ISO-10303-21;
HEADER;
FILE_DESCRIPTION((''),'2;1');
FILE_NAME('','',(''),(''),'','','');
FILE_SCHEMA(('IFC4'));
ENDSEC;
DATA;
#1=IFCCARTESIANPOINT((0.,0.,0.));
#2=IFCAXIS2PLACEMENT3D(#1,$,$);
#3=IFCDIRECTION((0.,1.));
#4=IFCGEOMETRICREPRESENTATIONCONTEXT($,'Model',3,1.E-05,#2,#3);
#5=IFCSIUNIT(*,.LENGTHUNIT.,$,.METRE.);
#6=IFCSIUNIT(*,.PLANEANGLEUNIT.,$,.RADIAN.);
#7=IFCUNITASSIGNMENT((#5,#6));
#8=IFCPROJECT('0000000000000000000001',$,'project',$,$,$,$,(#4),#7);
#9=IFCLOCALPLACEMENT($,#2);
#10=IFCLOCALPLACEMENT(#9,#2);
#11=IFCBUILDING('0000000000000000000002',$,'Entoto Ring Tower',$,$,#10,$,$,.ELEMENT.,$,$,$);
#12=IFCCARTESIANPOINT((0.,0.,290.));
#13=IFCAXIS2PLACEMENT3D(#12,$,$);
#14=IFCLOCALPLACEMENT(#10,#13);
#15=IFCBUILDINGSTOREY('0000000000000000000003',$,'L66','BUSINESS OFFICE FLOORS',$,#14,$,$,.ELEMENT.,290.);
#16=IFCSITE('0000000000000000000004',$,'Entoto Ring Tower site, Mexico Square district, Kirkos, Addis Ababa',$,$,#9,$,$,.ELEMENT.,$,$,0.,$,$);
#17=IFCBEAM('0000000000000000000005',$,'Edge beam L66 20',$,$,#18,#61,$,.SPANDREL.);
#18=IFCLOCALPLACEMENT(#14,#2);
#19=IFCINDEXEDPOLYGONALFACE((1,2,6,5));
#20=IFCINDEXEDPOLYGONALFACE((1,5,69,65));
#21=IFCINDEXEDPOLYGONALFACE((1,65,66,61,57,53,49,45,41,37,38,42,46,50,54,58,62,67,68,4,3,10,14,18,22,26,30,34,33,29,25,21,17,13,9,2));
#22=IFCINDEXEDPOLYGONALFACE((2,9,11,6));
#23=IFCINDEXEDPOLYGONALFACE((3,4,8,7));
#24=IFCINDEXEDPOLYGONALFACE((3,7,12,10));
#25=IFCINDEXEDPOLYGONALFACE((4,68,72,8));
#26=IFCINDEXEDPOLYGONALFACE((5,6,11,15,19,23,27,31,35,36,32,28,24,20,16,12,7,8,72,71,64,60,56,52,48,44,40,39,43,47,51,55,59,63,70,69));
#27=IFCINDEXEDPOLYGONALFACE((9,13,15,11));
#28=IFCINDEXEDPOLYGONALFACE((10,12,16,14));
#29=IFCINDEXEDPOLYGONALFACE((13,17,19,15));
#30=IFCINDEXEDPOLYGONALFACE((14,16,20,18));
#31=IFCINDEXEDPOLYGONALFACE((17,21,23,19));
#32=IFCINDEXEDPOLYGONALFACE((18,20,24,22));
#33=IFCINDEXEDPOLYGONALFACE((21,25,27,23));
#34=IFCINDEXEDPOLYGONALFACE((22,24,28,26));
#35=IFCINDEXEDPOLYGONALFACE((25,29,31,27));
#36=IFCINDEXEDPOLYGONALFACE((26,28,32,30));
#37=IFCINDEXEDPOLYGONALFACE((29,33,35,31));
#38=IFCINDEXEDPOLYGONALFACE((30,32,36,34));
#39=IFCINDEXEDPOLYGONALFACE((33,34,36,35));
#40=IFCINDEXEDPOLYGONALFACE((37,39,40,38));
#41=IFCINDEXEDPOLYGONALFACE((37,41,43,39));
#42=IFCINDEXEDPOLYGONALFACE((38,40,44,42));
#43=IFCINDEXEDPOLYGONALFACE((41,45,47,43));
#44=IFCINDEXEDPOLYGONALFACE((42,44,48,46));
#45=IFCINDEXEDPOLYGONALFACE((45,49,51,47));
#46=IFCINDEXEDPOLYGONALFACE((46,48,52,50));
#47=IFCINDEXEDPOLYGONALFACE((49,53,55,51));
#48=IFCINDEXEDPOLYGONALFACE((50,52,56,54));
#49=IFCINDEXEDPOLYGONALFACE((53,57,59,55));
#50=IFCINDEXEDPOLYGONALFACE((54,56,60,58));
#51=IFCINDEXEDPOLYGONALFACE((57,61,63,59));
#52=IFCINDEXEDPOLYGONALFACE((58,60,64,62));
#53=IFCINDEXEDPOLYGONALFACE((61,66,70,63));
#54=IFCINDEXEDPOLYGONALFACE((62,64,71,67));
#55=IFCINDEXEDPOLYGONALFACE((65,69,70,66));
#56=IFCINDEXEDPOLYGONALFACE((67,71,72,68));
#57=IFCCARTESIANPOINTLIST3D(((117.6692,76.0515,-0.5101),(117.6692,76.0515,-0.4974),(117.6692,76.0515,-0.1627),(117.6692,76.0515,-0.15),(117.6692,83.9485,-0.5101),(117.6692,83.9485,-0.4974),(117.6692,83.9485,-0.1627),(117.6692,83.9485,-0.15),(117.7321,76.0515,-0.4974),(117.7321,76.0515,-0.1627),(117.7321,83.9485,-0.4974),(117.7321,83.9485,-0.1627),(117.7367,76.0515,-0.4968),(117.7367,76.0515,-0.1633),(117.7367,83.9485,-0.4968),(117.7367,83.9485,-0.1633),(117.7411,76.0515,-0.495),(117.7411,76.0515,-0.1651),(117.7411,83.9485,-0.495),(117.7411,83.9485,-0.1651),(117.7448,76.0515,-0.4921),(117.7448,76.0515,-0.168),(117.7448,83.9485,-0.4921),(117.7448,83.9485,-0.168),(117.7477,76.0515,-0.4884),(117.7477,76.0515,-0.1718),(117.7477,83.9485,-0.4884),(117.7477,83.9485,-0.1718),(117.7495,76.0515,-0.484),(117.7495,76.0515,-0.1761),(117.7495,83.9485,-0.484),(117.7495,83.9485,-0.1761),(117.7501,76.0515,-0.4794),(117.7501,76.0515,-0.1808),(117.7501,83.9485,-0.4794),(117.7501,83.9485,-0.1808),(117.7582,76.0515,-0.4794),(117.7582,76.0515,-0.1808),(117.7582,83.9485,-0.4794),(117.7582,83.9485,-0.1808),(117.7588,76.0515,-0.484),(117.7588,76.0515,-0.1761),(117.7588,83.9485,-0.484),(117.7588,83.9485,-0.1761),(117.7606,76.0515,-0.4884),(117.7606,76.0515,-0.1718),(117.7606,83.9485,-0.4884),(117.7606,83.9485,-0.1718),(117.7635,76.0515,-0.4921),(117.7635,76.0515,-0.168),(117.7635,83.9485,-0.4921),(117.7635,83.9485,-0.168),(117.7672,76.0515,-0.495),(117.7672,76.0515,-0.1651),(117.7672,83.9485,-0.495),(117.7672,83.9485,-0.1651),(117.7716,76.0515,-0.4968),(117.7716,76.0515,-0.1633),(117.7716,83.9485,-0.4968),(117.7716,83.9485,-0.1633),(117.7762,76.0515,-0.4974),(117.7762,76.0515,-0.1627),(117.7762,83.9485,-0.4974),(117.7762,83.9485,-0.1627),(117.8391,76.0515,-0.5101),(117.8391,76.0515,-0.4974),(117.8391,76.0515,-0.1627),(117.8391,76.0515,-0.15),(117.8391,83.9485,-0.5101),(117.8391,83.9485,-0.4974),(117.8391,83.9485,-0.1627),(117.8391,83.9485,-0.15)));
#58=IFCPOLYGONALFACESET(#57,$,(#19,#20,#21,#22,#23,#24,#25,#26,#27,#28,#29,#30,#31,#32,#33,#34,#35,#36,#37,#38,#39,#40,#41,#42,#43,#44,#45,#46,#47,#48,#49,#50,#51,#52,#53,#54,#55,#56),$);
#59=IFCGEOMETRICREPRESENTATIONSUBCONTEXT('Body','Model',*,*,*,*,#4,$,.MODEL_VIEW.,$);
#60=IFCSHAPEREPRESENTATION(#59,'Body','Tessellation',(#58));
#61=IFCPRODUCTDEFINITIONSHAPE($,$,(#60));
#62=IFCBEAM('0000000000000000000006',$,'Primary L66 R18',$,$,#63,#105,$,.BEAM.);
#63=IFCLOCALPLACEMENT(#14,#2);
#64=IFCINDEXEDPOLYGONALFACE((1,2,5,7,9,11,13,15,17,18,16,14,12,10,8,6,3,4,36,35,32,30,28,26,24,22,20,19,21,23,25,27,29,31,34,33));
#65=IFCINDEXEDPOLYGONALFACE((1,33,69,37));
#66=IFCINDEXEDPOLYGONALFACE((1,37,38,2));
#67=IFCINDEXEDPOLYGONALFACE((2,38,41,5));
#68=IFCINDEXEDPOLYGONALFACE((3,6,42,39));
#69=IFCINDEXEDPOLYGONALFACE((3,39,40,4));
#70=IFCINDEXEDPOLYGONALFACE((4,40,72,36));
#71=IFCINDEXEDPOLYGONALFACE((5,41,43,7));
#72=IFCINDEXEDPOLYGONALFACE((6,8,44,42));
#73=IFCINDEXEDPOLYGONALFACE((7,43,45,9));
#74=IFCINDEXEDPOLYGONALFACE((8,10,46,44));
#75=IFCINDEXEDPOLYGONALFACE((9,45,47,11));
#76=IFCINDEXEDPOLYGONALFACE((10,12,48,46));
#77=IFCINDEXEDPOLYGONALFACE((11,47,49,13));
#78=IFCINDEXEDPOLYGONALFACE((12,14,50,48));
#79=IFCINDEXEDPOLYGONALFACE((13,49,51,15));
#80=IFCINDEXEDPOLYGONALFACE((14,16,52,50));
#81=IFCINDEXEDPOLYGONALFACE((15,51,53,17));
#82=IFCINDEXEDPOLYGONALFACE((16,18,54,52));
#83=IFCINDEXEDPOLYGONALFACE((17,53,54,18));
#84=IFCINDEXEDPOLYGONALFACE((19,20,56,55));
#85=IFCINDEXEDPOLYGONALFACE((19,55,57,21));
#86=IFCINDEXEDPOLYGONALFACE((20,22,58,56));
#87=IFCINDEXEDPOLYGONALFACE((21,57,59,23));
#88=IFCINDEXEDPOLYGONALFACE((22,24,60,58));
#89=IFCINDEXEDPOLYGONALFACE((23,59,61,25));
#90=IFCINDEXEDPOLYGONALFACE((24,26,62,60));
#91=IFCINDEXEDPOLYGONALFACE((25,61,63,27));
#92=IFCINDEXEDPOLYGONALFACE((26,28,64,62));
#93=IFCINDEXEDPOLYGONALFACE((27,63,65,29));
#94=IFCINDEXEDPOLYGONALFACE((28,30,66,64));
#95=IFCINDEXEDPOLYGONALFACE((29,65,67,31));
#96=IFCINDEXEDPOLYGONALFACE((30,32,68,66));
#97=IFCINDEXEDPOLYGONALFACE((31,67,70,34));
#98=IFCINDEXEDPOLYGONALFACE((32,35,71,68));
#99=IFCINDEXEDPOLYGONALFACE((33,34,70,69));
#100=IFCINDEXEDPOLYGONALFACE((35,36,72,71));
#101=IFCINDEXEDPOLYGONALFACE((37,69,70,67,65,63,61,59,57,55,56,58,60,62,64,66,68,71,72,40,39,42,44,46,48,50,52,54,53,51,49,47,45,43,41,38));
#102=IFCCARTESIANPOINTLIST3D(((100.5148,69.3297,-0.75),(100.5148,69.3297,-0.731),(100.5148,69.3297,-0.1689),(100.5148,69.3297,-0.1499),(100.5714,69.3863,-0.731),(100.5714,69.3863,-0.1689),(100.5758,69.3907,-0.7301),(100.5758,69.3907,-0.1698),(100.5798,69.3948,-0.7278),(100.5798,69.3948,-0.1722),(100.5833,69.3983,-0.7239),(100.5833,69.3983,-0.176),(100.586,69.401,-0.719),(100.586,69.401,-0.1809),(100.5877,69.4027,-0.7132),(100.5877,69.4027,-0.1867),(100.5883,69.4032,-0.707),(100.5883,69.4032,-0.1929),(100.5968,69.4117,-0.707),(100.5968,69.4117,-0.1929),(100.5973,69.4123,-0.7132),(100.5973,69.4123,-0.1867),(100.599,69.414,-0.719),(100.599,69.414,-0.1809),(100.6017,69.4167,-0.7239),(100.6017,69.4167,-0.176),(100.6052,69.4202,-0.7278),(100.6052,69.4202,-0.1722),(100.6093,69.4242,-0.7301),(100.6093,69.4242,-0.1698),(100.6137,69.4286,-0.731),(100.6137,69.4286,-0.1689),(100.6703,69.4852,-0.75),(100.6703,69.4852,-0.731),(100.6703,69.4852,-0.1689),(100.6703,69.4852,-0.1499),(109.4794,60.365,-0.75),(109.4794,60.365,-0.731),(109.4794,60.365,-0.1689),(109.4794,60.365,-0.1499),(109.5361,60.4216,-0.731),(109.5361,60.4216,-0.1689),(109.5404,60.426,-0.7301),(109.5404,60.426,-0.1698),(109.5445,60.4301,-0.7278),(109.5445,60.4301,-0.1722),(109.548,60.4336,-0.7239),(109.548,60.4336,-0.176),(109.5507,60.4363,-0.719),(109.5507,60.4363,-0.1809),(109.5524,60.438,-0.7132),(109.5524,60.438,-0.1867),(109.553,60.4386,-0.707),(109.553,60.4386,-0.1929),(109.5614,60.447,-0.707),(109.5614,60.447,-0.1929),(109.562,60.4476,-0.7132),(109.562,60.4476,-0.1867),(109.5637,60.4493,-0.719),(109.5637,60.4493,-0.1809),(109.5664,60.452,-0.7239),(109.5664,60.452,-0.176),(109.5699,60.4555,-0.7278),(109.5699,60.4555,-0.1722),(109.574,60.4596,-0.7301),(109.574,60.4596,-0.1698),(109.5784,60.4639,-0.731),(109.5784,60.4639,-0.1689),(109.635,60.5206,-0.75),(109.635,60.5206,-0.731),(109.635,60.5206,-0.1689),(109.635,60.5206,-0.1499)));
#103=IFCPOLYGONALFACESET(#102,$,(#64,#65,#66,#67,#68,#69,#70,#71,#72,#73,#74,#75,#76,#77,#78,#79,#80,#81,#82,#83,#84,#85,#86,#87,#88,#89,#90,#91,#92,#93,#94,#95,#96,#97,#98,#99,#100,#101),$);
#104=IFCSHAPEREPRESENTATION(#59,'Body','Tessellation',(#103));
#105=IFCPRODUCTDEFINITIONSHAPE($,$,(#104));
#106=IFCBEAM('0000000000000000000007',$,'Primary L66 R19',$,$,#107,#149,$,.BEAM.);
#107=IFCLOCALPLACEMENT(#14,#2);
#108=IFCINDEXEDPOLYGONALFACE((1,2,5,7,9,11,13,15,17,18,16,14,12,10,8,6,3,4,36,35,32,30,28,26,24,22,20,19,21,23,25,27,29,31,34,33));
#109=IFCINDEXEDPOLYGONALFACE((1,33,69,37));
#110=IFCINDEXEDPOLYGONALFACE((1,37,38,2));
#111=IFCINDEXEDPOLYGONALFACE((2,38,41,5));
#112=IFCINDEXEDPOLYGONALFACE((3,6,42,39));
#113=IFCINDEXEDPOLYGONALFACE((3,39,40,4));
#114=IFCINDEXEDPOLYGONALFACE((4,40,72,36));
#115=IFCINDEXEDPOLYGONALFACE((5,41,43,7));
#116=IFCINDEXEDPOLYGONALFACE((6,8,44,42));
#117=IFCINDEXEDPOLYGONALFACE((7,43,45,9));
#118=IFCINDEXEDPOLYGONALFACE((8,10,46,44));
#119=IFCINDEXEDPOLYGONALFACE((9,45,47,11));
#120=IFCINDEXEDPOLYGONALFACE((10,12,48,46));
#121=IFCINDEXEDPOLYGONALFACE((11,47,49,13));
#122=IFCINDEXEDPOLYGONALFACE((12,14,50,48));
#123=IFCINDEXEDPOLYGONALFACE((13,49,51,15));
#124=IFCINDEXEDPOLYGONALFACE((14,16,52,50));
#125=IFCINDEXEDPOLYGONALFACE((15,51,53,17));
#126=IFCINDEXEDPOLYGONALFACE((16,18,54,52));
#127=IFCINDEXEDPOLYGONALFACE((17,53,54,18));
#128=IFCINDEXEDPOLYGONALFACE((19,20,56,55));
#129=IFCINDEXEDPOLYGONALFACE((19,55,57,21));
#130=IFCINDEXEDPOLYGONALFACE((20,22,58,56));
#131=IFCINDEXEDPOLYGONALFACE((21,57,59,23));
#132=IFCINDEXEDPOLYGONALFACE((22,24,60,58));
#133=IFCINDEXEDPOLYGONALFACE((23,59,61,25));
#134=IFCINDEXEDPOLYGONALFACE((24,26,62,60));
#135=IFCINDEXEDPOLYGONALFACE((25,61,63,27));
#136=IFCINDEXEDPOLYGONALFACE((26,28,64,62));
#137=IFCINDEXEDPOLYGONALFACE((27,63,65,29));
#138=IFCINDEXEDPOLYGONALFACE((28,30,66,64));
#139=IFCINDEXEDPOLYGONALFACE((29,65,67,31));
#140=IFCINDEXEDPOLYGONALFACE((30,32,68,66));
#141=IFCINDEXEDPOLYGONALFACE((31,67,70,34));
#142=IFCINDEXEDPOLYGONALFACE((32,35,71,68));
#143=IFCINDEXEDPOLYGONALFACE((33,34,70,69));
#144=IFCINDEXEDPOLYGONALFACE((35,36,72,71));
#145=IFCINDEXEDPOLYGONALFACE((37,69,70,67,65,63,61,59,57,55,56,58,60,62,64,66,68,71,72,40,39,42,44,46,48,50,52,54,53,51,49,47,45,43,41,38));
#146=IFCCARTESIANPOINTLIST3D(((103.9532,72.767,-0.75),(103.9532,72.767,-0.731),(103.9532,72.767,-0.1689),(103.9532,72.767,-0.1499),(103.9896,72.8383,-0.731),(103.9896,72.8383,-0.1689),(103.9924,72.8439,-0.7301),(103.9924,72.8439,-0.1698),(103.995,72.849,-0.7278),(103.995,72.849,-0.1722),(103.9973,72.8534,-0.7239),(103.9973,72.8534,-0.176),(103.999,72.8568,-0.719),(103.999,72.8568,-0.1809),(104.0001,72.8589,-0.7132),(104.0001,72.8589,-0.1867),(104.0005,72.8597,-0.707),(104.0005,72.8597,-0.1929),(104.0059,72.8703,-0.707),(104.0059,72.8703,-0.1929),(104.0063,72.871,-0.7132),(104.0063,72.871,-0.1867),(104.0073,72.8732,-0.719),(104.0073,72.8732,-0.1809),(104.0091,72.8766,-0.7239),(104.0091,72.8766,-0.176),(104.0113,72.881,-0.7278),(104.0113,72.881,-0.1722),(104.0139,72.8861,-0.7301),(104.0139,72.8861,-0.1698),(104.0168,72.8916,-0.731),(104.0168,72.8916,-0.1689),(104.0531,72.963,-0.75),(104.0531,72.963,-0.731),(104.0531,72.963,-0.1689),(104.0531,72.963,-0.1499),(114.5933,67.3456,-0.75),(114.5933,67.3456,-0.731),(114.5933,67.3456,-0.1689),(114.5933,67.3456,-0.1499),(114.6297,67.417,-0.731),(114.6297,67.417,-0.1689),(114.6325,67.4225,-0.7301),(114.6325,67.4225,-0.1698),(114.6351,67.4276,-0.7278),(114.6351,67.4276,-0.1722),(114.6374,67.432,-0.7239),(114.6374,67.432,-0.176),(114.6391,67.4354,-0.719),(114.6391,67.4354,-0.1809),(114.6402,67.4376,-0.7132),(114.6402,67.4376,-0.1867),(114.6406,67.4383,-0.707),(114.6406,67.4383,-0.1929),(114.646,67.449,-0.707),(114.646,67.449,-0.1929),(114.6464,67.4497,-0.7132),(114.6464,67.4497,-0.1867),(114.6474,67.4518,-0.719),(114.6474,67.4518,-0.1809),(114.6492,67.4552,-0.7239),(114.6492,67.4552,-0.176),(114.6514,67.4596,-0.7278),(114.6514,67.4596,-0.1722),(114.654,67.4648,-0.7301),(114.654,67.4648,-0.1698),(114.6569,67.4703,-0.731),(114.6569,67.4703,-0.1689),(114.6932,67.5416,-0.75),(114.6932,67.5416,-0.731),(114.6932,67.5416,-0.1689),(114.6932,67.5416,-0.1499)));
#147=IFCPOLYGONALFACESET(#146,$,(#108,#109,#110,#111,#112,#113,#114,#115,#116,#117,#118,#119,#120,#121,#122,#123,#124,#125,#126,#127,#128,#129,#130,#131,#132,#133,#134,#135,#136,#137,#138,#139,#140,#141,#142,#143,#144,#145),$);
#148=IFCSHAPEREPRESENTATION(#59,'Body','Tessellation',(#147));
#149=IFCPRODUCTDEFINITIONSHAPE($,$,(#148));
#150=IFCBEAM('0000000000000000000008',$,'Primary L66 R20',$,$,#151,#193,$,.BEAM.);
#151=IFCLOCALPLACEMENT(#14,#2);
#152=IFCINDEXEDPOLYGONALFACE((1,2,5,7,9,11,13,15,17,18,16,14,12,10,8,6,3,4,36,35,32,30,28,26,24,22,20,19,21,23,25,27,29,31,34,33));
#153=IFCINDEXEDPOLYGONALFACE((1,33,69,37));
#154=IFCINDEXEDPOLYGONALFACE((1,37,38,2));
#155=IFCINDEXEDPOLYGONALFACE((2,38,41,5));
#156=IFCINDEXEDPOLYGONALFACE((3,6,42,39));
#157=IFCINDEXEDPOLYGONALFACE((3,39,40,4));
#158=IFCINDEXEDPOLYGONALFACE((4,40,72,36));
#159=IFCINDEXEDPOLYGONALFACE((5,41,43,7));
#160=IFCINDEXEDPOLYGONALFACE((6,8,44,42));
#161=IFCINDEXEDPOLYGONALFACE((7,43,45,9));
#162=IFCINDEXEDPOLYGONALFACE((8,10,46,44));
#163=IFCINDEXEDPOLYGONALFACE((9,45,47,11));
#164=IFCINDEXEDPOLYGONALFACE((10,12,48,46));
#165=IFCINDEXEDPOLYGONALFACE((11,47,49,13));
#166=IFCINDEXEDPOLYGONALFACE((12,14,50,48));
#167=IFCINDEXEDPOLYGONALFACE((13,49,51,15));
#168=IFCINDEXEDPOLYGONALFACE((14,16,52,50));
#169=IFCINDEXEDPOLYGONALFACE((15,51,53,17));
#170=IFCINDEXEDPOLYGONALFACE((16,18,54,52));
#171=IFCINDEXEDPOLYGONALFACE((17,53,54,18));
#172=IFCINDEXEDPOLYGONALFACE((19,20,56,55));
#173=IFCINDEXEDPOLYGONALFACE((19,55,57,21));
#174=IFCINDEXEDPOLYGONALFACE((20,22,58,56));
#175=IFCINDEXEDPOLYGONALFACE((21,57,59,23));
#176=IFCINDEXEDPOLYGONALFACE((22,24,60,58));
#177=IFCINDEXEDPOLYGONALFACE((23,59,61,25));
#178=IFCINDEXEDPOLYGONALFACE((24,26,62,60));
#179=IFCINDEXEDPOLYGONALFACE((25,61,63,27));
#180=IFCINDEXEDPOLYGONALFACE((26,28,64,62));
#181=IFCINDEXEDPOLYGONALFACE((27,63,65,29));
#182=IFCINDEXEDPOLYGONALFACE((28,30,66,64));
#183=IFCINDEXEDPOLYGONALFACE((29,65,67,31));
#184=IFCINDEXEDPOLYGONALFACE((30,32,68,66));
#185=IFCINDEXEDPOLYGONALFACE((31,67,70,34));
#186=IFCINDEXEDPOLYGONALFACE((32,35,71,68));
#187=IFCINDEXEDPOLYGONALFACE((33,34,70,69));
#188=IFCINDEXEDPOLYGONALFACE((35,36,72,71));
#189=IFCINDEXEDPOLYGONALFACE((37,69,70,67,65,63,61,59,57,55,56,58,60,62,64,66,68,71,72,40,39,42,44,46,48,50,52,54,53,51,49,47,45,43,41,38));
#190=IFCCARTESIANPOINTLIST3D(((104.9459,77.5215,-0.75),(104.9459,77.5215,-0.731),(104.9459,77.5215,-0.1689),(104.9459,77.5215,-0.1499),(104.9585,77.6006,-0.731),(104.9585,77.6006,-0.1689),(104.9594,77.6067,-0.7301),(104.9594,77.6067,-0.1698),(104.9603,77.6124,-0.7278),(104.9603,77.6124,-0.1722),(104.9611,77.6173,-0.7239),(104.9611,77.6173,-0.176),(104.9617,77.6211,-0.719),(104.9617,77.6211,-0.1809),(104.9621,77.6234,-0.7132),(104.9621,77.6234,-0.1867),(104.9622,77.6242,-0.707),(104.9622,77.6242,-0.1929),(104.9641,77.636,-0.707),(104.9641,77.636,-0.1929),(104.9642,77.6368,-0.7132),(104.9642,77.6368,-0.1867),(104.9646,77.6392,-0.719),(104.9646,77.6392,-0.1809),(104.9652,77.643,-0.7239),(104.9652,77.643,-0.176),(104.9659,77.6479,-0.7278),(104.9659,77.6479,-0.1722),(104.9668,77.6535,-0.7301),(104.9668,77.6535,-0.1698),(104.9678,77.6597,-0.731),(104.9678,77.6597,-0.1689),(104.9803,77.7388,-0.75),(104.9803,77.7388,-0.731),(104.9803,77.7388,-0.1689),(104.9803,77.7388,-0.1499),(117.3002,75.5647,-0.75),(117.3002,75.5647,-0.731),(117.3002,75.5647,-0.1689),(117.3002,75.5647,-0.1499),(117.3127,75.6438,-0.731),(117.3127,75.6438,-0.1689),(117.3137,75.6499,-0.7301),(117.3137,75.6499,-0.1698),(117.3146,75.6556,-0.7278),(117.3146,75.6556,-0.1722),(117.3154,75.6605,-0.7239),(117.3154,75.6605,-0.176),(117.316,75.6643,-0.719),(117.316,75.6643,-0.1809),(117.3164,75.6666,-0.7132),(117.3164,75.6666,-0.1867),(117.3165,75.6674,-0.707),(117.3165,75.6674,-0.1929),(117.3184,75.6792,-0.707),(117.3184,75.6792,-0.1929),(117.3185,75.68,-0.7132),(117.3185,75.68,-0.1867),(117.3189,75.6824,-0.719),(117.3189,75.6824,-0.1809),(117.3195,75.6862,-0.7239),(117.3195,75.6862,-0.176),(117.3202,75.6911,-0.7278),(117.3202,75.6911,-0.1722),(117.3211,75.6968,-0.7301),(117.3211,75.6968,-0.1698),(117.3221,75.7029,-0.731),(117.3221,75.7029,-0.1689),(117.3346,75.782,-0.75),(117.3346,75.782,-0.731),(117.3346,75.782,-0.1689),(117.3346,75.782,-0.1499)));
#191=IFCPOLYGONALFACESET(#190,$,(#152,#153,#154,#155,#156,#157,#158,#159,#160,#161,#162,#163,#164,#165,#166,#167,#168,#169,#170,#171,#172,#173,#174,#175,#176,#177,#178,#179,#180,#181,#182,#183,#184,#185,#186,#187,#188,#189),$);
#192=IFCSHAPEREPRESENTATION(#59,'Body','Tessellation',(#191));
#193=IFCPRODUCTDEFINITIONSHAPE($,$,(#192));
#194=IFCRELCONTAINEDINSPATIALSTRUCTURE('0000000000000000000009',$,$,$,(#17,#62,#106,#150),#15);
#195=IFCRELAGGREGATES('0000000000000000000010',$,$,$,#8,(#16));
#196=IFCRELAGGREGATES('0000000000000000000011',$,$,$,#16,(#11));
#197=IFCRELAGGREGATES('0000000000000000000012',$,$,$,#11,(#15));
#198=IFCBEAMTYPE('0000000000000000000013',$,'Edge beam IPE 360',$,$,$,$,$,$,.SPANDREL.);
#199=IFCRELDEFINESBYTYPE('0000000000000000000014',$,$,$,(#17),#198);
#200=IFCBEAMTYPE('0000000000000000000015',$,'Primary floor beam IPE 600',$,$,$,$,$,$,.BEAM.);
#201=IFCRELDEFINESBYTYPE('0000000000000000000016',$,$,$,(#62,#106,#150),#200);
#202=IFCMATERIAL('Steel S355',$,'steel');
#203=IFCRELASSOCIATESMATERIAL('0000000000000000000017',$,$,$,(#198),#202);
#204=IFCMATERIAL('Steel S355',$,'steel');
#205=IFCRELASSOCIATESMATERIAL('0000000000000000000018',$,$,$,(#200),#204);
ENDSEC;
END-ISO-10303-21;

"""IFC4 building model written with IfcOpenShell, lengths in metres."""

from ifc_helpers import new_model, si_unit, direction, frame, origin, origin_2d, place, context, subcontext, project, spatial, i_section, extrude, material, material_profile, profile_set, type_object, element, save


model = new_model("IFC4")

# Units and contexts
model_context = context("Model", 3, precision=1e-05, world=origin(), true_north=direction((0.0, 1.0)))
body_context = subcontext(model_context, "Body", "Model", "MODEL_VIEW")
ifc_project = project(units=[si_unit("LENGTHUNIT", "METRE"), si_unit("PLANEANGLEUNIT", "RADIAN")], contexts=[model_context])

# Site, building, storey
site_placement = place(None, origin())
site = spatial("IfcSite", under=ifc_project, at=site_placement, Name="Entoto Ring Tower site, Mexico Square district, Kirkos, Addis Ababa", CompositionType="ELEMENT", RefElevation=0.0)
building_placement = place(site_placement, origin())
building = spatial("IfcBuilding", under=site, at=building_placement, Name="Entoto Ring Tower", CompositionType="ELEMENT")
storey_placement = place(building_placement, frame((0.0, 0.0, 290.0)))
storey = spatial("IfcBuildingStorey", under=building, at=storey_placement, Name="L66", Description="BUSINESS OFFICE FLOORS", CompositionType="ELEMENT", Elevation=290.0)

# Beams
ifc_material_1 = material(Name="Steel S355", Category="steel")
ifc_material_profile_1 = material_profile(ifc_material_1, i_section(OverallWidth=0.1699, OverallDepth=0.3601, WebThickness=0.0081, FlangeThickness=0.0127, FilletRadius=0.0181, at=origin_2d()), Name="IPE 360")
ifc_profile_set_1 = profile_set([ifc_material_profile_1], Name="Steel S355")
beam_type_1 = type_object("IfcBeamType", Name="Edge beam IPE 360", PredefinedType="SPANDREL", material=ifc_profile_set_1)
for number, where, z_axis, x_axis, name in (
    (1, (117.7542, 76.0515, -0.3301), (0.0, 1.0, 0.0), (-1.0, 0.0, 0.0), "Edge beam L66 20"),
):
    element("IfcBeam", number, at=place(storey_placement, frame(where, z_axis=z_axis, x_axis=x_axis)), inside=storey, type_object=beam_type_1, Name=name, PredefinedType="SPANDREL", context=body_context, shape_type="SweptSolid", body=[
        extrude(i_section(OverallWidth=0.1699, OverallDepth=0.3601, WebThickness=0.0081, FlangeThickness=0.0127, FilletRadius=0.0181, at=origin_2d()), origin(), (0.0, 0.0, 1.0), 7.897),
    ])
ifc_material_2 = material(Name="Steel S355", Category="steel")
ifc_material_profile_2 = material_profile(ifc_material_2, i_section(OverallWidth=0.22, OverallDepth=0.6001, WebThickness=0.012, FlangeThickness=0.019, FilletRadius=0.0239, at=origin_2d()), Name="IPE 600")
ifc_profile_set_2 = profile_set([ifc_material_profile_2], Name="Steel S355")
beam_type_2 = type_object("IfcBeamType", Name="Primary floor beam IPE 600", PredefinedType="BEAM", material=ifc_profile_set_2)
beam_1_placement = place(storey_placement, frame((100.5925, 69.4075, -0.45), z_axis=(0.707107, -0.707107, 0.0), x_axis=(0.707107, 0.707107, 0.0)))
element("IfcBeam", 2, at=beam_1_placement, inside=storey, type_object=beam_type_2, Name="Primary L66 R18", PredefinedType="BEAM", context=body_context, shape_type="SweptSolid", body=[
    extrude(i_section(OverallWidth=0.22, OverallDepth=0.6001, WebThickness=0.012, FlangeThickness=0.019, FilletRadius=0.0239, at=origin_2d()), origin(), (0.0, 0.0, 1.0), 12.678),
])
beam_2_placement = place(storey_placement, frame((104.0032, 72.865, -0.45), z_axis=(0.891008, -0.453988, 0.0), x_axis=(0.453988, 0.891008, 0.0)))
element("IfcBeam", 3, at=beam_2_placement, inside=storey, type_object=beam_type_2, Name="Primary L66 R19", PredefinedType="BEAM", context=body_context, shape_type="SweptSolid", body=[
    extrude(i_section(OverallWidth=0.22, OverallDepth=0.6001, WebThickness=0.012, FlangeThickness=0.019, FilletRadius=0.0239, at=origin_2d()), origin(), (0.0, 0.0, 1.0), 11.9417),
])
beam_3_placement = place(storey_placement, frame((104.9631, 77.6301, -0.45), z_axis=(0.987688, -0.15644, 0.0), x_axis=(0.15644, 0.987688, 0.0)))
element("IfcBeam", 4, at=beam_3_placement, inside=storey, type_object=beam_type_2, Name="Primary L66 R20", PredefinedType="BEAM", context=body_context, shape_type="SweptSolid", body=[
    extrude(i_section(OverallWidth=0.22, OverallDepth=0.6001, WebThickness=0.012, FlangeThickness=0.019, FilletRadius=0.0239, at=origin_2d()), origin(), (0.0, 0.0, 1.0), 12.5083),
])

save(model, "model.ifc")
